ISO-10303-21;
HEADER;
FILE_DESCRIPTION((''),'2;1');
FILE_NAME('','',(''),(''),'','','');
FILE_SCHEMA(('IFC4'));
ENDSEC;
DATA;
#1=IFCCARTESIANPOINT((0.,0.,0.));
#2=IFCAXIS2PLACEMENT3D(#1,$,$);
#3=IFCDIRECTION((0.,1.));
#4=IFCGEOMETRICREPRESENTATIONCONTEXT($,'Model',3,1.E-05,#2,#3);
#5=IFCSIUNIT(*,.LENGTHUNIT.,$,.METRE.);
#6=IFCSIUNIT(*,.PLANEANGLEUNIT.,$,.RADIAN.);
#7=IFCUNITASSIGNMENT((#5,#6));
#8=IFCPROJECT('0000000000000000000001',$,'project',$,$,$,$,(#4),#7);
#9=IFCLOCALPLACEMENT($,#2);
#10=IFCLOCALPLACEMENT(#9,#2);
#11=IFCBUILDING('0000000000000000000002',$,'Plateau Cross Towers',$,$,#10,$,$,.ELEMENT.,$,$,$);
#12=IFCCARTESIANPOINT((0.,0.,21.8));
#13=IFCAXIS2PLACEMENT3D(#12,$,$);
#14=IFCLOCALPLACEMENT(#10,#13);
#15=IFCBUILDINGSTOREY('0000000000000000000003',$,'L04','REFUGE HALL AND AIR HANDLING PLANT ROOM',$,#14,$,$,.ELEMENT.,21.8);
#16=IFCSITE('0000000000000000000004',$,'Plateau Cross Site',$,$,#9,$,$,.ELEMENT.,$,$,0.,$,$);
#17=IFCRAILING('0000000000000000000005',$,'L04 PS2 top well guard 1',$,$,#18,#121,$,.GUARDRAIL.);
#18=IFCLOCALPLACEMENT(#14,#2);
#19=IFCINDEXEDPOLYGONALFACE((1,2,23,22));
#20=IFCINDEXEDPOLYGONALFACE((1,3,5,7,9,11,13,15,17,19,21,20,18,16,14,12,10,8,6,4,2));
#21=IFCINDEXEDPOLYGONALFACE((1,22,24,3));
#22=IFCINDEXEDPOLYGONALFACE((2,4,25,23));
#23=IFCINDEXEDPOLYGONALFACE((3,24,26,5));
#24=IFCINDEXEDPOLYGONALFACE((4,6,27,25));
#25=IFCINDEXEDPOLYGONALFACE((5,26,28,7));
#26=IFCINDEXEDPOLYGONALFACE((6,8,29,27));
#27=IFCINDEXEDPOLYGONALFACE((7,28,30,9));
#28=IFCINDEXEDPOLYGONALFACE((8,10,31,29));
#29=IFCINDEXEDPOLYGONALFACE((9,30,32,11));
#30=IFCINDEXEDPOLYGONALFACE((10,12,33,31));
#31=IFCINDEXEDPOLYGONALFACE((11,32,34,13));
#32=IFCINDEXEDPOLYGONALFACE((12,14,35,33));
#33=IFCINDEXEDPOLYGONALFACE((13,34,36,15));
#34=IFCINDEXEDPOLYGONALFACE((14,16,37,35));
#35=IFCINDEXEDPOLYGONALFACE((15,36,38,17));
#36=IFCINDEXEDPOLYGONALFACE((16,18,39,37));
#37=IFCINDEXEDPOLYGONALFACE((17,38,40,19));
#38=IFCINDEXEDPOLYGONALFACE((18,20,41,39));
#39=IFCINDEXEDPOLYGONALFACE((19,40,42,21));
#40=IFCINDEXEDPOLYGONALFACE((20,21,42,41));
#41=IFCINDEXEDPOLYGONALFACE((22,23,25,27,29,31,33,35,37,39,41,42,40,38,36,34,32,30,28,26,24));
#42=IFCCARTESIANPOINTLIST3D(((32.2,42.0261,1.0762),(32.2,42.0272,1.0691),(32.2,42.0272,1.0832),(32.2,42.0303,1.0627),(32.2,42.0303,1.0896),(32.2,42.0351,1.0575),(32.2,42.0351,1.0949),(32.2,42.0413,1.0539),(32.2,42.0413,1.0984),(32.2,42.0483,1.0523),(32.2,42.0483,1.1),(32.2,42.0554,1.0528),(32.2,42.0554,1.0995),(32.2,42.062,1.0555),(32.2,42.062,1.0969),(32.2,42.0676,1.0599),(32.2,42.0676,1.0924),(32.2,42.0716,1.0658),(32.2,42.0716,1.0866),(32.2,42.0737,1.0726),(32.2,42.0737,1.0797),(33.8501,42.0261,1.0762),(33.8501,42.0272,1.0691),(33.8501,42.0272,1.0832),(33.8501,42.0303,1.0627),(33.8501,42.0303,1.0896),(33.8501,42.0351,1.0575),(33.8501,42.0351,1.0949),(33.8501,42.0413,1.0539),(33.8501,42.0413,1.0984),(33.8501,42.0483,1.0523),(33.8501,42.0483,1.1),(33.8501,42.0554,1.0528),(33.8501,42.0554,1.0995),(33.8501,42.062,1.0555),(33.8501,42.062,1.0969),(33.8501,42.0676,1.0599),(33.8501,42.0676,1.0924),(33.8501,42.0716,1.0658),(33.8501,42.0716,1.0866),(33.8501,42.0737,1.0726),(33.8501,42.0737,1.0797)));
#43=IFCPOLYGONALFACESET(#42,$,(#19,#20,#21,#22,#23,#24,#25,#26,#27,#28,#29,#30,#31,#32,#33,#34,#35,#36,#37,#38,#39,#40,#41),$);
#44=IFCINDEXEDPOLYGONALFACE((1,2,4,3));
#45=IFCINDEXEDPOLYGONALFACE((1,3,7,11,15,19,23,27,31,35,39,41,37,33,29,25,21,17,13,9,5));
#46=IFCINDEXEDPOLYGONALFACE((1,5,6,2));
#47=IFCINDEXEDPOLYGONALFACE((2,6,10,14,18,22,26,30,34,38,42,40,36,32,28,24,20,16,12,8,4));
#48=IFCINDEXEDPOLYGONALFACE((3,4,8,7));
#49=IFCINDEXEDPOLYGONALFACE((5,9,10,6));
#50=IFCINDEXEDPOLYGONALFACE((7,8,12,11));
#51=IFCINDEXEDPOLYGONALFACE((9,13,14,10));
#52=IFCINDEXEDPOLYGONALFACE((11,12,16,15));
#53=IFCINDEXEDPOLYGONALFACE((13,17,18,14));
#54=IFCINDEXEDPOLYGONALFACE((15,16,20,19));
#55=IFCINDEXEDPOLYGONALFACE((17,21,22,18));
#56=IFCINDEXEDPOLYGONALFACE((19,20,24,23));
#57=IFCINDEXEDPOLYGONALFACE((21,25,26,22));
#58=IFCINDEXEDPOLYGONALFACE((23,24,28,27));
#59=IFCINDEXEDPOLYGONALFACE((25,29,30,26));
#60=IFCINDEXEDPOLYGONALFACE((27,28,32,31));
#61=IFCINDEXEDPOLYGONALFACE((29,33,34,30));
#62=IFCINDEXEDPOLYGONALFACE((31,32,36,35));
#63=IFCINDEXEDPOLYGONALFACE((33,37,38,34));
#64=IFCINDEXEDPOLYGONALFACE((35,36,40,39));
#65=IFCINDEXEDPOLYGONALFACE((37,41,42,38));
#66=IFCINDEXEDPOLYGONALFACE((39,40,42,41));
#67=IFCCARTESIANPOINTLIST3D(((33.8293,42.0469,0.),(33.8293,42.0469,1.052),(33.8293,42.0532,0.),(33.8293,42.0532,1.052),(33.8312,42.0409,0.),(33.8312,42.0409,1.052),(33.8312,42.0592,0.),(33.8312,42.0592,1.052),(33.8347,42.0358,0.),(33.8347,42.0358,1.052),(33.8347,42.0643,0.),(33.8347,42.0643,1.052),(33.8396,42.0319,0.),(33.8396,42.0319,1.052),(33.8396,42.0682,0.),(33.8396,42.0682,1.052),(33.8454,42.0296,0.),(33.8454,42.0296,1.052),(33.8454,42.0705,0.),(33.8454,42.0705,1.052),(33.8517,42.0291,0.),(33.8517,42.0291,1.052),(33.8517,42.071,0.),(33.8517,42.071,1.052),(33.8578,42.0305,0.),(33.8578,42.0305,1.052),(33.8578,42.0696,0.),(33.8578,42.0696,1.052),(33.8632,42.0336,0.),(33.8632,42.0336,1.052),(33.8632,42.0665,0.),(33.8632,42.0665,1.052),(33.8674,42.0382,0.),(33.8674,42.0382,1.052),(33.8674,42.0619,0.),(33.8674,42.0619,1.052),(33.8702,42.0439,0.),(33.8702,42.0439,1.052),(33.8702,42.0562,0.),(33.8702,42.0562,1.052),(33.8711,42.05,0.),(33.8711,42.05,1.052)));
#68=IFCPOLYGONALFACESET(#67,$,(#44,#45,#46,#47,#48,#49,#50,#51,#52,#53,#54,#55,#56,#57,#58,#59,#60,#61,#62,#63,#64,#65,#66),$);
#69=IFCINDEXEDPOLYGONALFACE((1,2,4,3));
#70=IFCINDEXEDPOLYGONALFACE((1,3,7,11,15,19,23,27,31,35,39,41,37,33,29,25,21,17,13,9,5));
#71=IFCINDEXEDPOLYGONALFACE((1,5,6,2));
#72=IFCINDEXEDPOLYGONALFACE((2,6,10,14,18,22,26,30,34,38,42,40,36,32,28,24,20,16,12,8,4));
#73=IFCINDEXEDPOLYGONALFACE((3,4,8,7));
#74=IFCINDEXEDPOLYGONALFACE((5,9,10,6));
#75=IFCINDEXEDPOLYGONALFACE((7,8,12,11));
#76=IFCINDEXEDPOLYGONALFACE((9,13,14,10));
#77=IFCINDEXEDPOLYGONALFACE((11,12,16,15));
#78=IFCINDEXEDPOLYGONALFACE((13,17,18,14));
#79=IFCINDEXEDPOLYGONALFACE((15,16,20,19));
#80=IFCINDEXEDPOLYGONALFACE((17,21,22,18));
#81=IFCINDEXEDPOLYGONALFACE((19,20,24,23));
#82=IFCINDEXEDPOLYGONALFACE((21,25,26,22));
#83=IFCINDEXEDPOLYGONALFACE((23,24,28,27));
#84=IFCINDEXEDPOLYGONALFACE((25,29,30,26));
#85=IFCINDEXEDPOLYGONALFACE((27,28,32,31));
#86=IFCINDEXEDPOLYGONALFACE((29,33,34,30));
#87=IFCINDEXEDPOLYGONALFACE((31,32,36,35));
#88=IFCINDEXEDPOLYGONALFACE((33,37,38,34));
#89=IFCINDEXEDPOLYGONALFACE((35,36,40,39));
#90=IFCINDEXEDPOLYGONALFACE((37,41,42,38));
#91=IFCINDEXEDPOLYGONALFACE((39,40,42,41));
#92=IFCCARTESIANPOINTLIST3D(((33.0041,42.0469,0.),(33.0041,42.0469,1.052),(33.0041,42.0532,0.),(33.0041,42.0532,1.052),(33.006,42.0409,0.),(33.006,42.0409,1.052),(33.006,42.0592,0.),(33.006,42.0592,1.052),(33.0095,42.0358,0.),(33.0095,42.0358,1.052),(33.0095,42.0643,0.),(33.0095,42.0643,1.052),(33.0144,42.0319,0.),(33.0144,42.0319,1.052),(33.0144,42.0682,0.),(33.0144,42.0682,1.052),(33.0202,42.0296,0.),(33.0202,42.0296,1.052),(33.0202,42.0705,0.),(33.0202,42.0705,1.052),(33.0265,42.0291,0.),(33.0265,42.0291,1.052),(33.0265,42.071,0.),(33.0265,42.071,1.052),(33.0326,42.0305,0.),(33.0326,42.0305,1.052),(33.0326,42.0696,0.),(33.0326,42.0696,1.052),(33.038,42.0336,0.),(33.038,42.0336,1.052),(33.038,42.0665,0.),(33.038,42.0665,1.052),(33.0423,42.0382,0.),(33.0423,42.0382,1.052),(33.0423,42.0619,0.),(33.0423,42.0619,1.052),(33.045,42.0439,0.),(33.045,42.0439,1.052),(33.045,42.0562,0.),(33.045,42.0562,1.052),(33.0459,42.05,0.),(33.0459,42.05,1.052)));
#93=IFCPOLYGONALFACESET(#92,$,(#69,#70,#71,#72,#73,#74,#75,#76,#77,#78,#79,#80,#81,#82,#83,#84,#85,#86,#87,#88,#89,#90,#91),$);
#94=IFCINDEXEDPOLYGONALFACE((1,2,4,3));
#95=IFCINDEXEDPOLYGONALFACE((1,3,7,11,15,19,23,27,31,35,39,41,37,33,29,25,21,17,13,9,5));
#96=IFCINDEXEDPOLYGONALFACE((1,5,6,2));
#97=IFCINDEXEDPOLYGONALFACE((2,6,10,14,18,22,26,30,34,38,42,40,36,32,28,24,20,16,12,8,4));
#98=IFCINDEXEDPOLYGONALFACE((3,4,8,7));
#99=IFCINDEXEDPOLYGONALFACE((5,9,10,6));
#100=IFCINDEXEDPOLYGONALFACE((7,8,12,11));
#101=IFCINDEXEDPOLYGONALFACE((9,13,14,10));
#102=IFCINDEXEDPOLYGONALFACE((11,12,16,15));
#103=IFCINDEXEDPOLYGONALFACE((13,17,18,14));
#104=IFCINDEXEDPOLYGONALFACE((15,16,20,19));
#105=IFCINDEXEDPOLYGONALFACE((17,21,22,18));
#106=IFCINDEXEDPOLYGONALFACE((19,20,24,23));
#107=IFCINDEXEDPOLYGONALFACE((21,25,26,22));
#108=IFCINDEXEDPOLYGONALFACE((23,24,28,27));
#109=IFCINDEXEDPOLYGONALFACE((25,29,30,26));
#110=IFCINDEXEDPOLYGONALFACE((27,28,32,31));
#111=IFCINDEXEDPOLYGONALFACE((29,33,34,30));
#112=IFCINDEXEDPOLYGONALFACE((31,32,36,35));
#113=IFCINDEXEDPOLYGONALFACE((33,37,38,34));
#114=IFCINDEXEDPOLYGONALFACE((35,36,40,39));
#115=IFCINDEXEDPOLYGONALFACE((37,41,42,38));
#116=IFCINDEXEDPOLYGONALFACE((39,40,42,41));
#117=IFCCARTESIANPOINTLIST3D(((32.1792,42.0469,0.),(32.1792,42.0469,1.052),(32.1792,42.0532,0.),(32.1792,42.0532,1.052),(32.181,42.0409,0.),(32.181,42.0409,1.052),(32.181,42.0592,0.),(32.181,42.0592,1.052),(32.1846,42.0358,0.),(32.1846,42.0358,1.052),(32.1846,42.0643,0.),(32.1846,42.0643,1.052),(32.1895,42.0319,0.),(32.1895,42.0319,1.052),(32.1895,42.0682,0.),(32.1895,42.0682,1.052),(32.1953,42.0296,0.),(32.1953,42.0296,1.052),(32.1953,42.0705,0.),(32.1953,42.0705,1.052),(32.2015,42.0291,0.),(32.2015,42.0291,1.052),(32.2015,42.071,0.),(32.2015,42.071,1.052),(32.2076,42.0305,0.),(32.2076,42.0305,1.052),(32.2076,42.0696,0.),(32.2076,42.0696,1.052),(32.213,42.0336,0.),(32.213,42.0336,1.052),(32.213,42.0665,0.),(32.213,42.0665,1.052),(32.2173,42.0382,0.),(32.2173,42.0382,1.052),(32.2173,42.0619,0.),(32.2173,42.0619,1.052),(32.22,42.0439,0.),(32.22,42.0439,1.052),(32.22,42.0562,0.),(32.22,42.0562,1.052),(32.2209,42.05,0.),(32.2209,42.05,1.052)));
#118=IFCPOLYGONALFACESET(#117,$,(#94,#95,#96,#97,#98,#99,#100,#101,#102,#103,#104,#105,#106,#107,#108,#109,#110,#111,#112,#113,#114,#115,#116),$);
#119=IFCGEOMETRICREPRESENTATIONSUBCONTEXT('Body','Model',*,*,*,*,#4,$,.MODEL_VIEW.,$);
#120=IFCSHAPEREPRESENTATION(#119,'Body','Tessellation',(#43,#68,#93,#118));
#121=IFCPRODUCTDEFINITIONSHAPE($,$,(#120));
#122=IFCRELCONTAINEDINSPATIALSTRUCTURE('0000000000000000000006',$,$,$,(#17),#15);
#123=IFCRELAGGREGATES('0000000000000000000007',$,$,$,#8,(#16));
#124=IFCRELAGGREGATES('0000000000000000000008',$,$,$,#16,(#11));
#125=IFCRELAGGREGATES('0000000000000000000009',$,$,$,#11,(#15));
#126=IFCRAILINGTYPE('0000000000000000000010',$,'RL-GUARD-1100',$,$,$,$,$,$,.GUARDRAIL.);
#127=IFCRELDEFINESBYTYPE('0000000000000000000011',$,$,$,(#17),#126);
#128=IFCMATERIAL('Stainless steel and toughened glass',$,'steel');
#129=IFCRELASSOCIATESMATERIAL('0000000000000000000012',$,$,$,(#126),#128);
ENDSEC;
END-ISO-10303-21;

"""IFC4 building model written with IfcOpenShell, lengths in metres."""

from ifc_helpers import new_model, si_unit, direction, frame, origin, origin_2d, place, context, subcontext, project, spatial, circle, extrude, material, type_object, element, save


model = new_model("IFC4")

# Units and contexts
model_context = context("Model", 3, precision=1e-05, world=origin(), true_north=direction((0.0, 1.0)))
body_context = subcontext(model_context, "Body", "Model", "MODEL_VIEW")
ifc_project = project(units=[si_unit("LENGTHUNIT", "METRE"), si_unit("PLANEANGLEUNIT", "RADIAN")], contexts=[model_context])

# Site, building, storey
site_placement = place(None, origin())
site = spatial("IfcSite", under=ifc_project, at=site_placement, Name="Plateau Cross Site", CompositionType="ELEMENT", RefElevation=0.0)
building_placement = place(site_placement, origin())
building = spatial("IfcBuilding", under=site, at=building_placement, Name="Plateau Cross Towers", CompositionType="ELEMENT")
storey_placement = place(building_placement, frame((0.0, 0.0, 21.8)))
storey = spatial("IfcBuildingStorey", under=building, at=storey_placement, Name="L04", Description="REFUGE HALL AND AIR HANDLING PLANT ROOM", CompositionType="ELEMENT", Elevation=21.8)

# Railing
ifc_material_1 = material(Name="Stainless steel and toughened glass", Category="steel")
railing_type = type_object("IfcRailingType", Name="RL-GUARD-1100", PredefinedType="GUARDRAIL", material=ifc_material_1)
railing_placement = place(storey_placement, frame((33.8501, 42.05, 0.0)))
element("IfcRailing", 1, at=railing_placement, inside=storey, type_object=railing_type, Name="L04 PS2 top well guard 1", PredefinedType="GUARDRAIL", context=body_context, shape_type="SweptSolid", body=[
    extrude(circle(Radius=0.0239, at=origin_2d()), frame((0.0, 0.0, 1.0762), z_axis=(-1.0, 0.0, 0.0), x_axis=(0.0, -1.0, 0.0)), (0.0, 0.0, 1.0), 1.6501),
    extrude(circle(Radius=0.021, at=origin_2d()), origin(), (0.0, 0.0, 1.0), 1.052),
    extrude(circle(Radius=0.021, at=origin_2d()), frame((-0.8252, 0.0, 0.0)), (0.0, 0.0, 1.0), 1.052),
    extrude(circle(Radius=0.021, at=origin_2d()), frame((-1.6501, 0.0, 0.0)), (0.0, 0.0, 1.0), 1.052),
])

save(model, "model.ifc")
